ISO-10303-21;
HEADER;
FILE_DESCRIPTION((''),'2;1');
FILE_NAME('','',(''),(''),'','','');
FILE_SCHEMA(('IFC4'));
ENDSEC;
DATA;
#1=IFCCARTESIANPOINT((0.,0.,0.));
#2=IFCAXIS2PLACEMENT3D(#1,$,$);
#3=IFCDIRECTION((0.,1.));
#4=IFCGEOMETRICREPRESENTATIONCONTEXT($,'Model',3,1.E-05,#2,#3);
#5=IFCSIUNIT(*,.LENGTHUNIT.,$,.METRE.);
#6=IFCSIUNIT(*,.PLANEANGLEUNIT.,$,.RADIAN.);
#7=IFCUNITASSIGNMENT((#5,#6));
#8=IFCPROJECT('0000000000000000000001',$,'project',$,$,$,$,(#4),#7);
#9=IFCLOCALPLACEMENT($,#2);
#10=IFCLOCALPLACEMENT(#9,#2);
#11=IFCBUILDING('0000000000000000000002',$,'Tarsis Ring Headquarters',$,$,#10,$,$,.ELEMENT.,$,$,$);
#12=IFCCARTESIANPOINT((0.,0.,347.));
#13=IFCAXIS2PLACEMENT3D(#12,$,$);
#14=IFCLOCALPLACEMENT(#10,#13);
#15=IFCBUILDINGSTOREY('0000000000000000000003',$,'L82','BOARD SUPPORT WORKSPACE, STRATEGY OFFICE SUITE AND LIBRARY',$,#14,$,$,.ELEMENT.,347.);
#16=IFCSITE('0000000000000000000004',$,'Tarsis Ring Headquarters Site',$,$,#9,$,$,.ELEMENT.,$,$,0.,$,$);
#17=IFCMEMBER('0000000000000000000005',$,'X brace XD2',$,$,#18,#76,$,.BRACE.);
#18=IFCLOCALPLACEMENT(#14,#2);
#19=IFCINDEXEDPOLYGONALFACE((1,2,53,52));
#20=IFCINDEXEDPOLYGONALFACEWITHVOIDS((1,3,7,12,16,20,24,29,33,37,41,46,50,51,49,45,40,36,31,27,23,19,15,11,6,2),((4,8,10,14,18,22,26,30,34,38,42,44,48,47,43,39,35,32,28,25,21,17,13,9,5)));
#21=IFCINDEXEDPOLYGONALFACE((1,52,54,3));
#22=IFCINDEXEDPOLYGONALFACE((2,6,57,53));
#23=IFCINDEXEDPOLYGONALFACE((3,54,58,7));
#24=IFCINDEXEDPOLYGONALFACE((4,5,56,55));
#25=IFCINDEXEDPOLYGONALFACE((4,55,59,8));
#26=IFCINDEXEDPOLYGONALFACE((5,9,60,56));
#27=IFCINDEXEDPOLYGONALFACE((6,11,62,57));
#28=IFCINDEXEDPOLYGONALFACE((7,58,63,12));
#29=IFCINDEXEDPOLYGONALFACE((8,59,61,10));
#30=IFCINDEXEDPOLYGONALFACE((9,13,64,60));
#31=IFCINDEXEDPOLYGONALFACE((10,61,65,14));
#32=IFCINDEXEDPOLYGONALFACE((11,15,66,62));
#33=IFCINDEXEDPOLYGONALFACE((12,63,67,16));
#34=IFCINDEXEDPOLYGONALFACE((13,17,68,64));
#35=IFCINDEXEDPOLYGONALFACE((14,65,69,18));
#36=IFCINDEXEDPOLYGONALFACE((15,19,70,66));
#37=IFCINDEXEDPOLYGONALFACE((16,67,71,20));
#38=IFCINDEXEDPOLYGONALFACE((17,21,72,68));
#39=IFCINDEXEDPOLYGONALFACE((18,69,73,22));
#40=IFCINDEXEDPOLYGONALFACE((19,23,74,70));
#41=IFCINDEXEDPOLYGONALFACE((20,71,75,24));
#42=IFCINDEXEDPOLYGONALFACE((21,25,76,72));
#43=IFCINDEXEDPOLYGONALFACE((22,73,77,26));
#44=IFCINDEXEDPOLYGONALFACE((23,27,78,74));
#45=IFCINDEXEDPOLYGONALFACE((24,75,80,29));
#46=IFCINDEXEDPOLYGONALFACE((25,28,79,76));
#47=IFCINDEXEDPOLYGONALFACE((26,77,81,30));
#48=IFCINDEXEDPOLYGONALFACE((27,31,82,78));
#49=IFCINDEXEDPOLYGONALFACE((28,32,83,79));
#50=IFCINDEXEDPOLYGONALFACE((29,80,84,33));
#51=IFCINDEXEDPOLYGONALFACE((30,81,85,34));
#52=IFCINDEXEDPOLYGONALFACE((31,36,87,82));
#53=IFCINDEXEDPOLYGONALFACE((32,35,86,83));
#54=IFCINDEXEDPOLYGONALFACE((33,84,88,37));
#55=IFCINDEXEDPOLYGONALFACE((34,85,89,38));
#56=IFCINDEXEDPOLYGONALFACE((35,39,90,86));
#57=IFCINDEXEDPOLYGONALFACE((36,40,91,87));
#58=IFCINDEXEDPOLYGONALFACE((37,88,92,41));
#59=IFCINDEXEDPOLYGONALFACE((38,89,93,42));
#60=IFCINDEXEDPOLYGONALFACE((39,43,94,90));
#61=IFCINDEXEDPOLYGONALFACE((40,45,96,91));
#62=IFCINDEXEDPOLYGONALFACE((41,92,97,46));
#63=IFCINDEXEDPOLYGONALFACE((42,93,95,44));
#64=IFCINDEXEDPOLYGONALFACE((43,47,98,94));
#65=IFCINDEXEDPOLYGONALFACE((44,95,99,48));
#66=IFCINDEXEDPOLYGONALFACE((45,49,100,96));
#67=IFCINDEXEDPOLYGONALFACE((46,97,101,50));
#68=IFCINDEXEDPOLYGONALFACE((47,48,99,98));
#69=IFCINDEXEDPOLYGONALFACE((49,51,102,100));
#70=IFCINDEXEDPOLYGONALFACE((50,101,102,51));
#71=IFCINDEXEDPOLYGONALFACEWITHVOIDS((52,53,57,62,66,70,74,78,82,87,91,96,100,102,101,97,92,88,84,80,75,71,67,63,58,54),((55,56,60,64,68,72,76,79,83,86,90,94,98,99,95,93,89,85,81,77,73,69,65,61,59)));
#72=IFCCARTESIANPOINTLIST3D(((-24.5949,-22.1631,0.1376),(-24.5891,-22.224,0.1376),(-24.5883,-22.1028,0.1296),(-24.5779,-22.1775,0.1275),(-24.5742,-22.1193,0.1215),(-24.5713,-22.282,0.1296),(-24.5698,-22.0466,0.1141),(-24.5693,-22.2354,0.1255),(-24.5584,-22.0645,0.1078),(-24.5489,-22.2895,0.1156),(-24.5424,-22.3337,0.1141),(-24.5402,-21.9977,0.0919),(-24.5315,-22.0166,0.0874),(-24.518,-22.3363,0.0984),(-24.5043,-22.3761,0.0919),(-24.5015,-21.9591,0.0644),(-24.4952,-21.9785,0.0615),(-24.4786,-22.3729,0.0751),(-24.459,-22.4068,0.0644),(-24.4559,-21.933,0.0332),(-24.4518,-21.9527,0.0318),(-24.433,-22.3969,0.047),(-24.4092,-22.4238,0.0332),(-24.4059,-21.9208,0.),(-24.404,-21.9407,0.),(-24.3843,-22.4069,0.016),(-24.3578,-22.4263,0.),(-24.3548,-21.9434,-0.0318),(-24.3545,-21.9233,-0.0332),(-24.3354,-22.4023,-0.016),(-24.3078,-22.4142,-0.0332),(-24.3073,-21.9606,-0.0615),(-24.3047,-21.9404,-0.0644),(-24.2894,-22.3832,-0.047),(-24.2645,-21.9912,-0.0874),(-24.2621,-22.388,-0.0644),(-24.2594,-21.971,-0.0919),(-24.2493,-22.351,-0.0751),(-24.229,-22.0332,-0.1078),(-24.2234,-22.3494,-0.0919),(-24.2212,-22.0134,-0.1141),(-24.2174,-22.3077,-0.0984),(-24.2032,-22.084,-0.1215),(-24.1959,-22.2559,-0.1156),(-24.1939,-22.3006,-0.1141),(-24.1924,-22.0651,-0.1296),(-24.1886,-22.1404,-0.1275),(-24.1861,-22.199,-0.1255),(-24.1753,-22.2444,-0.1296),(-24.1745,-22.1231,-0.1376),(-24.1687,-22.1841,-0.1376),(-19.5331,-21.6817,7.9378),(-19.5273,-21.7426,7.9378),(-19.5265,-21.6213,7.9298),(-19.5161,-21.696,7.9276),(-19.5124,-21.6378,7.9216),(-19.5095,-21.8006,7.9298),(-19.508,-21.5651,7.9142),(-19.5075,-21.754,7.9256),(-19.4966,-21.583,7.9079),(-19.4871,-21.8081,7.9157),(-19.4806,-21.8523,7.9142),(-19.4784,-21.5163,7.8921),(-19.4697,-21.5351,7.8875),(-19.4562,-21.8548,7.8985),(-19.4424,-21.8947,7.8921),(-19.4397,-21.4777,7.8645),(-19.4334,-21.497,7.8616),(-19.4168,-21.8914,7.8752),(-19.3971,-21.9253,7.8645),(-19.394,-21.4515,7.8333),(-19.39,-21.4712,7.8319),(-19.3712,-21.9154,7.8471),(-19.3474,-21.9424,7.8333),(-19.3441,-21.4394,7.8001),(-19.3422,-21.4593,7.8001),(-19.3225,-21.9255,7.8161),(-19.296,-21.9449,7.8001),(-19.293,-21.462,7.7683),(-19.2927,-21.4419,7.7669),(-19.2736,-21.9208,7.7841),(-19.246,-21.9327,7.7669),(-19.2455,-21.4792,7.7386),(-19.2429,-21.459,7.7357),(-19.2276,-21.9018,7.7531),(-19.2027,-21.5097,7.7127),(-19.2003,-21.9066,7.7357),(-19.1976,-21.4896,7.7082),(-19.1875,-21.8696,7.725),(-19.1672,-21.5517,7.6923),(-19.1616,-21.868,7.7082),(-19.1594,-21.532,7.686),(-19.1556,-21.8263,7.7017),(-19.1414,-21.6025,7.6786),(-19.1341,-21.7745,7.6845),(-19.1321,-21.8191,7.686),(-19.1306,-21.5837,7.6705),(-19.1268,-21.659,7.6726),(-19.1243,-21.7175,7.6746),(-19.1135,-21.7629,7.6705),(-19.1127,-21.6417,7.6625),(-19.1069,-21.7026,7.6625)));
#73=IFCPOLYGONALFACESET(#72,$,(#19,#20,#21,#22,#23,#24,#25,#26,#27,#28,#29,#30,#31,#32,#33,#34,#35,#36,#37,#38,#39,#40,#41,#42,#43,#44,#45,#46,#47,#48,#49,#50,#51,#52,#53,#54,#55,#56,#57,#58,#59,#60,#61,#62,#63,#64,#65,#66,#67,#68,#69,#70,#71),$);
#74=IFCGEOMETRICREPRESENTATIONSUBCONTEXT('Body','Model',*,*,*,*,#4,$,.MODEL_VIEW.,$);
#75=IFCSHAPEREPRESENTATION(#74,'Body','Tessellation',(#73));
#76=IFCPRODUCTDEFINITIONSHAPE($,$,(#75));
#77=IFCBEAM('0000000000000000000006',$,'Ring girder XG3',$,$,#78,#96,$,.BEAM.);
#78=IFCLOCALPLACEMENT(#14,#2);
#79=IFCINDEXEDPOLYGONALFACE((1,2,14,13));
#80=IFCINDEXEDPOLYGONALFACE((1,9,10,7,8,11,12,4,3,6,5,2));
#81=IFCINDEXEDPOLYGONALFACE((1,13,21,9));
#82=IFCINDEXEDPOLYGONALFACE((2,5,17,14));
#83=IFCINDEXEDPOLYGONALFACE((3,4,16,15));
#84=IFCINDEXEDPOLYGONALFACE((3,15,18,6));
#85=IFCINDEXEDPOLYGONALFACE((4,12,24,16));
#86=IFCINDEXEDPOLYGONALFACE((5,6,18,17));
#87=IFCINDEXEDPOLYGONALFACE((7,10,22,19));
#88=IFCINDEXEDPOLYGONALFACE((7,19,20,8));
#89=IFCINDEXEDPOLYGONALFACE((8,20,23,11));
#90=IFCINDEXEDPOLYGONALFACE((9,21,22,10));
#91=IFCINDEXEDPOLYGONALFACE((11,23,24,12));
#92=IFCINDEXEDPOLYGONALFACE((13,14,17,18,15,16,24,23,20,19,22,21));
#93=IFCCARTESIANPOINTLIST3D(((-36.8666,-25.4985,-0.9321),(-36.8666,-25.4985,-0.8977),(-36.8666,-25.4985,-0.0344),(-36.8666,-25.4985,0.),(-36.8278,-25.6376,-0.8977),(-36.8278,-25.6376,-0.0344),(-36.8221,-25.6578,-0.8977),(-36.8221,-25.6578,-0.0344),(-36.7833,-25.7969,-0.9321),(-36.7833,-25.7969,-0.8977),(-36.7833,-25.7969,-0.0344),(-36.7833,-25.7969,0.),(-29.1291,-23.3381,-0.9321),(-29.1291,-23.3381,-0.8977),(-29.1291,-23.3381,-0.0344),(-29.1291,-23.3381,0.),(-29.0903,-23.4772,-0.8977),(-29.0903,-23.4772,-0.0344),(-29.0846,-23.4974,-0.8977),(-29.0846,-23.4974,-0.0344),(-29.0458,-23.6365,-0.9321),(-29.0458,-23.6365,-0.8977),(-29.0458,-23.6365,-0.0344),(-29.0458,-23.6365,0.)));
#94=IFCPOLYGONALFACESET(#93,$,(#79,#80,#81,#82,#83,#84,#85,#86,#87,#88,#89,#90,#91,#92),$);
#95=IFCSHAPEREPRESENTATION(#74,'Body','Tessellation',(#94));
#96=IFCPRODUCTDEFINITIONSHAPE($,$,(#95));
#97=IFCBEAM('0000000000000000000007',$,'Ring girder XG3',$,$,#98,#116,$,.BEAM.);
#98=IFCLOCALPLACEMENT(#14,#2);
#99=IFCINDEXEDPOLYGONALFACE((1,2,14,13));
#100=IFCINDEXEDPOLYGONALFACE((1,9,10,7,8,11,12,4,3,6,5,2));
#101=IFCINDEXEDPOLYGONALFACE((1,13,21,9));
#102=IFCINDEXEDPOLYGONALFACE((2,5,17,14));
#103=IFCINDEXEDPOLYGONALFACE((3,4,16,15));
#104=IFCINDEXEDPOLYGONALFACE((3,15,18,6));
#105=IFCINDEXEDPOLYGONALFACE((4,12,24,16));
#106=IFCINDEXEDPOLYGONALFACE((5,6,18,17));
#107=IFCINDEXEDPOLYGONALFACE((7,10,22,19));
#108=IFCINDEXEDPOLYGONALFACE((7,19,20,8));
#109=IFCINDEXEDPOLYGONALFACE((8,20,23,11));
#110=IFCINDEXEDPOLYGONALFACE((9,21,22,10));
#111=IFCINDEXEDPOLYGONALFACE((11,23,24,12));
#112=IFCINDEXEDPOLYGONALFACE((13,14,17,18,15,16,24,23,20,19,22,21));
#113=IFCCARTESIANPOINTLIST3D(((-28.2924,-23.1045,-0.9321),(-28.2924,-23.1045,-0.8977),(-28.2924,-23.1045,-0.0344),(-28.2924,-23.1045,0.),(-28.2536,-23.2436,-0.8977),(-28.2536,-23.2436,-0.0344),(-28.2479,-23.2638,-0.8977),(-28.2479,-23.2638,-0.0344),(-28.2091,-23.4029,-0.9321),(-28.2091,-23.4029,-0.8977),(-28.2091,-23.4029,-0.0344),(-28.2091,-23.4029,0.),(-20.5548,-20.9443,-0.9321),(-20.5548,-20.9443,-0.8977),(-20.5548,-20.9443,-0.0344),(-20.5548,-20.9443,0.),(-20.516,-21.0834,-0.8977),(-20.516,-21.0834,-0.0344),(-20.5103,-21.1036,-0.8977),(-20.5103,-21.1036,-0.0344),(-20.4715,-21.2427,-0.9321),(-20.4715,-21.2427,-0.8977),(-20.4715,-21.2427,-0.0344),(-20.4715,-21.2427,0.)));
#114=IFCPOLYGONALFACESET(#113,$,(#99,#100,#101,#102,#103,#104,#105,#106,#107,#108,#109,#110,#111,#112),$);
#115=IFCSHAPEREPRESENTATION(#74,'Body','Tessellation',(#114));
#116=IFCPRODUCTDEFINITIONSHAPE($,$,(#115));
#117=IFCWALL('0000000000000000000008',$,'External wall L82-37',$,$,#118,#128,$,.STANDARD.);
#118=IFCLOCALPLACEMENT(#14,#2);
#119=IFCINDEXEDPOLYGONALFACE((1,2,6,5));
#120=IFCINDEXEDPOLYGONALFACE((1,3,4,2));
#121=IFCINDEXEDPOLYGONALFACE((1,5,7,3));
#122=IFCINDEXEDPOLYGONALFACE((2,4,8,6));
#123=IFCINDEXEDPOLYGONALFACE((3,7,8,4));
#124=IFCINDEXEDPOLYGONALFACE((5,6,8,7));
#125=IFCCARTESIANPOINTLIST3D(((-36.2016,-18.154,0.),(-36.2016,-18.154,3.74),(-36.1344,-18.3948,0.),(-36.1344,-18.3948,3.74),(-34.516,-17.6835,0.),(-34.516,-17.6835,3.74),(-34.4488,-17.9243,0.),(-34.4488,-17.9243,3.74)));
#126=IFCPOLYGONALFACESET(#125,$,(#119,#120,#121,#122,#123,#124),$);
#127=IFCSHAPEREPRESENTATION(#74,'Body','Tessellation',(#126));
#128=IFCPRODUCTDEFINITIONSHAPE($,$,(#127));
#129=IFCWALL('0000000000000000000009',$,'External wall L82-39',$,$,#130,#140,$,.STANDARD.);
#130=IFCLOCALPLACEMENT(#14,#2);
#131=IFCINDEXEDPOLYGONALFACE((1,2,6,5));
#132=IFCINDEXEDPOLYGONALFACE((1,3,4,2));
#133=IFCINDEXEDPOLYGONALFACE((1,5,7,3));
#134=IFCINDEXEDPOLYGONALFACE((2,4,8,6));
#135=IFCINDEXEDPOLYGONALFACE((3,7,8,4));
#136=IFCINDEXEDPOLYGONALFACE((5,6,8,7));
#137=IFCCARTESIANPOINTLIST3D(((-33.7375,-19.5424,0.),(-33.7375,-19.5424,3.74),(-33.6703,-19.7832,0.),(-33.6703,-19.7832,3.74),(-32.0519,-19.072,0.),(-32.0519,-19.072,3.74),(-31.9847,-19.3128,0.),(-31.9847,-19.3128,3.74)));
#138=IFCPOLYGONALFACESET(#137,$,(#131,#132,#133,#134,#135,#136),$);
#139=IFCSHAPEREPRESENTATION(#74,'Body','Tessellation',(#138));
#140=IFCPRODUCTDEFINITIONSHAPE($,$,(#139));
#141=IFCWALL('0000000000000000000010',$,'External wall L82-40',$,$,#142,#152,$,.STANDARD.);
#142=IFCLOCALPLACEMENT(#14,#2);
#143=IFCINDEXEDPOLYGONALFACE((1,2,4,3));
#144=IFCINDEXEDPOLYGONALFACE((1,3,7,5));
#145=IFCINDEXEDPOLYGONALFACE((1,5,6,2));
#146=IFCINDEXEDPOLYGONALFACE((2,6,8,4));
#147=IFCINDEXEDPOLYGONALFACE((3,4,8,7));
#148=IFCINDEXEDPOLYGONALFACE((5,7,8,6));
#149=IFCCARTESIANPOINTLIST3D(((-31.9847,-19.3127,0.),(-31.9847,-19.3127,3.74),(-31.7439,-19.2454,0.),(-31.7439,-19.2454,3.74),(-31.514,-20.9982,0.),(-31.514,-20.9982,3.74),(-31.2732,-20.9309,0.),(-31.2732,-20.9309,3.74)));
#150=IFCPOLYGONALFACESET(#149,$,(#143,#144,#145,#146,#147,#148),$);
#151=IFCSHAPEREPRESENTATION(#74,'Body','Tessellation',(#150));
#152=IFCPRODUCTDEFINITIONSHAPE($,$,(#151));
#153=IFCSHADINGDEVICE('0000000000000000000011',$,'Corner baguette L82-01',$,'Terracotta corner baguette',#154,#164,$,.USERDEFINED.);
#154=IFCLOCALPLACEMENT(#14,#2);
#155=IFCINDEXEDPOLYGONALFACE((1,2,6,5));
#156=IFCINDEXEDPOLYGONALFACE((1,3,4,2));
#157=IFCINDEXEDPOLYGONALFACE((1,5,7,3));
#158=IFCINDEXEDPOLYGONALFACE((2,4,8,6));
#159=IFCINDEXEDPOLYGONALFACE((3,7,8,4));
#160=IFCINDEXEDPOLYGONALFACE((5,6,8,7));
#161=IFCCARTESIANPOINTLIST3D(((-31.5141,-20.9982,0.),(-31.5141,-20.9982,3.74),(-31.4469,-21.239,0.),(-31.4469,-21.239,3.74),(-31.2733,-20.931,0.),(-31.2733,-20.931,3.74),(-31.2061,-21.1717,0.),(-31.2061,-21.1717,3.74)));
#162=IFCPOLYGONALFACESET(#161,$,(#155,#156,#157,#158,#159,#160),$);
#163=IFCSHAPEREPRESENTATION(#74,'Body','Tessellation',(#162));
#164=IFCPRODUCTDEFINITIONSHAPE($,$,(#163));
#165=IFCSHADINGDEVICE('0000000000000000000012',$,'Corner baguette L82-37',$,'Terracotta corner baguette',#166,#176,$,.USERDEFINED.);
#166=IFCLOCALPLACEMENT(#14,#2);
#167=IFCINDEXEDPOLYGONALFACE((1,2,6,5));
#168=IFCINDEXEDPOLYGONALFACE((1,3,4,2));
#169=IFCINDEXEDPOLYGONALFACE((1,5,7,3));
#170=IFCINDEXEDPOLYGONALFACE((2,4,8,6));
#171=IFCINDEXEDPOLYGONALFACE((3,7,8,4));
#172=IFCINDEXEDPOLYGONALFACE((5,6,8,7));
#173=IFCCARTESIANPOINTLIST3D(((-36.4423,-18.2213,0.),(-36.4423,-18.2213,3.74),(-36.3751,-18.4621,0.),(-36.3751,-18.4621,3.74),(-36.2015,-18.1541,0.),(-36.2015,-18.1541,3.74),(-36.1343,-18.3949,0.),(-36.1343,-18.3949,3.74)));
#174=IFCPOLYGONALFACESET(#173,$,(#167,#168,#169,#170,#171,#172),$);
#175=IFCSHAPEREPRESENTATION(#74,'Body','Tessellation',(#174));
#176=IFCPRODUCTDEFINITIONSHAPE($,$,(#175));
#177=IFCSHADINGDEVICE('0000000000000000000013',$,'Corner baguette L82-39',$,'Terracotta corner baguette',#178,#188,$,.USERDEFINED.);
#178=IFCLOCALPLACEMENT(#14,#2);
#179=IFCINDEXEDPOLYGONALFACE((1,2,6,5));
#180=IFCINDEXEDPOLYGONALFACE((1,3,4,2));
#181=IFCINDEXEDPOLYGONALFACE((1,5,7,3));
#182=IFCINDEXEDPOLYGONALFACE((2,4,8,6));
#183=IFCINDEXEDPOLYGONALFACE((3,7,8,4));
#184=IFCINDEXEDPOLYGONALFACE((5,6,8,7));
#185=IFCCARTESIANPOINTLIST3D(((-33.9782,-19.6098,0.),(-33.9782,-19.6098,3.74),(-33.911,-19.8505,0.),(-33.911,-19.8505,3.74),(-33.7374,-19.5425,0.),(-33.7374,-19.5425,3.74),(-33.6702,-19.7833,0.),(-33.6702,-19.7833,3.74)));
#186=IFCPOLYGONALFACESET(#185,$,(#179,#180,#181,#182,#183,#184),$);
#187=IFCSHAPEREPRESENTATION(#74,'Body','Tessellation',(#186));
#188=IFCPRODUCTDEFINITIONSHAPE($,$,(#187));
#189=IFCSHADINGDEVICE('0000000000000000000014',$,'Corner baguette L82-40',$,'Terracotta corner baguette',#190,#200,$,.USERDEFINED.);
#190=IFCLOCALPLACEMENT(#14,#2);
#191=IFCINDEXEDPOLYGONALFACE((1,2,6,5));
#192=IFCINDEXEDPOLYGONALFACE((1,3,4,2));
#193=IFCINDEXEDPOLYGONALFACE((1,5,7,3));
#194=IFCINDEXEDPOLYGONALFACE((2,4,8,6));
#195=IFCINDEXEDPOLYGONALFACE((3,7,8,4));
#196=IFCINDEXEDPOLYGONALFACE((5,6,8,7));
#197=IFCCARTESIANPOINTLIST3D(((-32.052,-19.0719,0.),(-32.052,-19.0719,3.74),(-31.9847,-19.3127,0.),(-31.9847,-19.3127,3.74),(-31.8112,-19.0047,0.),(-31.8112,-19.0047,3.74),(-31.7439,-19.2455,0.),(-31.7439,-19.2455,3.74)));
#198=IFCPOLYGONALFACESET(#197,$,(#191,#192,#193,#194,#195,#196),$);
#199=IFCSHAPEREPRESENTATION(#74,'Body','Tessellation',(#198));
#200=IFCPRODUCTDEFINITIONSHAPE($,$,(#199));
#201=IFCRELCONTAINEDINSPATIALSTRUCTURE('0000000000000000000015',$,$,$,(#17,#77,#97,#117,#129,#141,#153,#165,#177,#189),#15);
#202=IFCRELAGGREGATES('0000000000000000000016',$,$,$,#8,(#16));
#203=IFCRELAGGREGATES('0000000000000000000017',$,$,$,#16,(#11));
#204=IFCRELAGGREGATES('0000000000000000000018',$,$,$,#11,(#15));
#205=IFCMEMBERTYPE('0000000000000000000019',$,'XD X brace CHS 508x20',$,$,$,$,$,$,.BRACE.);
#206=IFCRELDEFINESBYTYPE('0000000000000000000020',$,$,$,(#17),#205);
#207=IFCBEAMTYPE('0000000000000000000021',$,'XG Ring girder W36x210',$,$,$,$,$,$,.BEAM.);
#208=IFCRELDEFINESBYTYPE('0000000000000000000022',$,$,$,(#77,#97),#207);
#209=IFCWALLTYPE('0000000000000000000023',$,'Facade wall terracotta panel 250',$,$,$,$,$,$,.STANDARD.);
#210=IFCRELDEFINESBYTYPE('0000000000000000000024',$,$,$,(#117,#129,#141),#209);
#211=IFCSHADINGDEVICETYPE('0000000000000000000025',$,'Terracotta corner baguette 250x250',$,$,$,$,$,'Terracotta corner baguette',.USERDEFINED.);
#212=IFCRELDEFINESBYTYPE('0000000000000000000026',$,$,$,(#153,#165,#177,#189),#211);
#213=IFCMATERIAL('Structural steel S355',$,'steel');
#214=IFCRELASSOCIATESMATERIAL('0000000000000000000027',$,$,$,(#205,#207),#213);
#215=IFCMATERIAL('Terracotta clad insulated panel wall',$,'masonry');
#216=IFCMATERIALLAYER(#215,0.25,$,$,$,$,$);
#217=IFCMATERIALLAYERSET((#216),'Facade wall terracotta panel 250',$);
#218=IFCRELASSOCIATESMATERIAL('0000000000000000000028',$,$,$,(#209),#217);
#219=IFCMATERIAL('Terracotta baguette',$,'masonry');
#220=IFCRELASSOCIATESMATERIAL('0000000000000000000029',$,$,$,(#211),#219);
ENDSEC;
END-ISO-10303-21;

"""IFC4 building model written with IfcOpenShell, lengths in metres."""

from ifc_helpers import new_model, si_unit, direction, frame, frame_2d, origin, origin_2d, place, context, subcontext, project, spatial, rectangle, hollow_circle, i_section, extrude, material, layer, layer_set, material_profile, profile_set, type_object, element, save


model = new_model("IFC4")

# Units and contexts
model_context = context("Model", 3, precision=1e-05, world=origin(), true_north=direction((0.0, 1.0)))
body_context = subcontext(model_context, "Body", "Model", "MODEL_VIEW")
ifc_project = project(units=[si_unit("LENGTHUNIT", "METRE"), si_unit("PLANEANGLEUNIT", "RADIAN")], contexts=[model_context])

# Site, building, storey
site_placement = place(None, origin())
site = spatial("IfcSite", under=ifc_project, at=site_placement, Name="Tarsis Ring Headquarters Site", CompositionType="ELEMENT", RefElevation=0.0)
building_placement = place(site_placement, origin())
building = spatial("IfcBuilding", under=site, at=building_placement, Name="Tarsis Ring Headquarters", CompositionType="ELEMENT")
storey_placement = place(building_placement, frame((0.0, 0.0, 347.0)))
storey = spatial("IfcBuildingStorey", under=building, at=storey_placement, Name="L82", Description="BOARD SUPPORT WORKSPACE, STRATEGY OFFICE SUITE AND LIBRARY", CompositionType="ELEMENT", Elevation=347.0)

# Shared definitions
ifc_material_1 = material(Name="Structural steel S355", Category="steel")

# Member
ifc_material_profile_1 = material_profile(ifc_material_1, hollow_circle(Radius=0.2539, WallThickness=0.02, at=origin_2d()), Name="CHS 508x20")
ifc_profile_set_1 = profile_set([ifc_material_profile_1], Name="Structural steel S355")
member_type = type_object("IfcMemberType", Name="XD X brace CHS 508x20", PredefinedType="BRACE", material=ifc_profile_set_1)
member_placement = place(storey_placement, frame((-24.3818, -22.1736, 0.0), z_axis=(0.543635, 0.051707, 0.837727), x_axis=(-0.094687, 0.995507, 0.0)))
element("IfcMember", 1, at=member_placement, inside=storey, type_object=member_type, Name="X brace XD2", PredefinedType="BRACE", context=body_context, shape_type="SweptSolid", body=[
    extrude(hollow_circle(Radius=0.2539, WallThickness=0.02, at=origin_2d()), origin(), (0.0, 0.0, 1.0), 9.311),
])

# Beams
ifc_material_profile_2 = material_profile(ifc_material_1, i_section(OverallWidth=0.3098, OverallDepth=0.9321, WebThickness=0.021, FlangeThickness=0.0344, at=origin_2d()), Name="W36x210")
ifc_profile_set_2 = profile_set([ifc_material_profile_2], Name="Structural steel S355")
beam_type = type_object("IfcBeamType", Name="XG Ring girder W36x210", PredefinedType="BEAM", material=ifc_profile_set_2)
for number, where, z_axis, x_axis, name in (
    (2, (-36.825, -25.6477, -0.4661), (0.963161, 0.268924, 0.0), (-0.268924, 0.963161, 0.0), "Ring girder XG3"),
    (3, (-28.2507, -23.2537, -0.4661), (0.963169, 0.268896, 0.0), (-0.268896, 0.963169, 0.0), "Ring girder XG3"),
):
    element("IfcBeam", number, at=place(storey_placement, frame(where, z_axis=z_axis, x_axis=x_axis)), inside=storey, type_object=beam_type, Name=name, PredefinedType="BEAM", context=body_context, shape_type="SweptSolid", body=[
        extrude(i_section(OverallWidth=0.3098, OverallDepth=0.9321, WebThickness=0.021, FlangeThickness=0.0344, at=origin_2d()), origin(), (0.0, 0.0, 1.0), 8.0334),
    ])

# Shared definitions
ifc_material_2 = material(Name="Terracotta clad insulated panel wall", Category="masonry")
ifc_layer = layer(ifc_material_2, 0.25)
ifc_layer_set = layer_set([ifc_layer], Name="Facade wall terracotta panel 250")
wall_type = type_object("IfcWallType", Name="Facade wall terracotta panel 250", PredefinedType="STANDARD", material=ifc_layer_set)

# Walls
for number, where, z_axis, x_axis, name in (
    (4, (-36.168, -18.2744, 0.0), (0.0, 0.0, 1.0), (0.963185, 0.268838, 0.0), "External wall L82-37"),
    (5, (-33.7039, -19.6628, 0.0), (0.0, 0.0, 1.0), (0.963185, 0.268838, 0.0), "External wall L82-39"),
    (6, (-31.8643, -19.2791, 0.0), (0.0, 0.0, 1.0), (0.268968, -0.963149, 0.0), "External wall L82-40"),
):
    element("IfcWall", number, at=place(storey_placement, frame(where, z_axis=z_axis, x_axis=x_axis)), inside=storey, type_object=wall_type, Name=name, PredefinedType="STANDARD", context=body_context, shape_type="SweptSolid", body=[
        extrude(rectangle(XDim=1.75, YDim=0.25, at=frame_2d((0.875, 0.0))), origin(), (0.0, 0.0, 1.0), 3.74),
    ])

# Shading devices
ifc_material_3 = material(Name="Terracotta baguette", Category="masonry")
shading_device_type_1 = type_object("IfcShadingDeviceType", Name="Terracotta corner baguette 250x250", ElementType="Terracotta corner baguette", PredefinedType="USERDEFINED", material=ifc_material_3)
for number, where, z_axis, x_axis, name in (
    (7, (-31.3601, -21.085, 0.0), (0.0, 0.0, 1.0), (0.26892, -0.963162, 0.0), "Corner baguette L82-01"),
    (8, (-36.2883, -18.3081, 0.0), (0.0, 0.0, 1.0), (0.26892, -0.963163, 0.0), "Corner baguette L82-37"),
    (9, (-33.8242, -19.6965, 0.0), (0.0, 0.0, 1.0), (0.26892, -0.963163, 0.0), "Corner baguette L82-39"),
    (10, (-31.8979, -19.1587, 0.0), (0.0, 0.0, 1.0), (0.963163, 0.268919, 0.0), "Corner baguette L82-40"),
):
    element("IfcShadingDevice", number, at=place(storey_placement, frame(where, z_axis=z_axis, x_axis=x_axis)), inside=storey, type_object=shading_device_type_1, Name=name, ObjectType="Terracotta corner baguette", PredefinedType="USERDEFINED", context=body_context, shape_type="SweptSolid", body=[
        extrude(rectangle(XDim=0.25, YDim=0.25, at=origin_2d()), origin(), (0.0, 0.0, 1.0), 3.74),
    ])

save(model, "model.ifc")
